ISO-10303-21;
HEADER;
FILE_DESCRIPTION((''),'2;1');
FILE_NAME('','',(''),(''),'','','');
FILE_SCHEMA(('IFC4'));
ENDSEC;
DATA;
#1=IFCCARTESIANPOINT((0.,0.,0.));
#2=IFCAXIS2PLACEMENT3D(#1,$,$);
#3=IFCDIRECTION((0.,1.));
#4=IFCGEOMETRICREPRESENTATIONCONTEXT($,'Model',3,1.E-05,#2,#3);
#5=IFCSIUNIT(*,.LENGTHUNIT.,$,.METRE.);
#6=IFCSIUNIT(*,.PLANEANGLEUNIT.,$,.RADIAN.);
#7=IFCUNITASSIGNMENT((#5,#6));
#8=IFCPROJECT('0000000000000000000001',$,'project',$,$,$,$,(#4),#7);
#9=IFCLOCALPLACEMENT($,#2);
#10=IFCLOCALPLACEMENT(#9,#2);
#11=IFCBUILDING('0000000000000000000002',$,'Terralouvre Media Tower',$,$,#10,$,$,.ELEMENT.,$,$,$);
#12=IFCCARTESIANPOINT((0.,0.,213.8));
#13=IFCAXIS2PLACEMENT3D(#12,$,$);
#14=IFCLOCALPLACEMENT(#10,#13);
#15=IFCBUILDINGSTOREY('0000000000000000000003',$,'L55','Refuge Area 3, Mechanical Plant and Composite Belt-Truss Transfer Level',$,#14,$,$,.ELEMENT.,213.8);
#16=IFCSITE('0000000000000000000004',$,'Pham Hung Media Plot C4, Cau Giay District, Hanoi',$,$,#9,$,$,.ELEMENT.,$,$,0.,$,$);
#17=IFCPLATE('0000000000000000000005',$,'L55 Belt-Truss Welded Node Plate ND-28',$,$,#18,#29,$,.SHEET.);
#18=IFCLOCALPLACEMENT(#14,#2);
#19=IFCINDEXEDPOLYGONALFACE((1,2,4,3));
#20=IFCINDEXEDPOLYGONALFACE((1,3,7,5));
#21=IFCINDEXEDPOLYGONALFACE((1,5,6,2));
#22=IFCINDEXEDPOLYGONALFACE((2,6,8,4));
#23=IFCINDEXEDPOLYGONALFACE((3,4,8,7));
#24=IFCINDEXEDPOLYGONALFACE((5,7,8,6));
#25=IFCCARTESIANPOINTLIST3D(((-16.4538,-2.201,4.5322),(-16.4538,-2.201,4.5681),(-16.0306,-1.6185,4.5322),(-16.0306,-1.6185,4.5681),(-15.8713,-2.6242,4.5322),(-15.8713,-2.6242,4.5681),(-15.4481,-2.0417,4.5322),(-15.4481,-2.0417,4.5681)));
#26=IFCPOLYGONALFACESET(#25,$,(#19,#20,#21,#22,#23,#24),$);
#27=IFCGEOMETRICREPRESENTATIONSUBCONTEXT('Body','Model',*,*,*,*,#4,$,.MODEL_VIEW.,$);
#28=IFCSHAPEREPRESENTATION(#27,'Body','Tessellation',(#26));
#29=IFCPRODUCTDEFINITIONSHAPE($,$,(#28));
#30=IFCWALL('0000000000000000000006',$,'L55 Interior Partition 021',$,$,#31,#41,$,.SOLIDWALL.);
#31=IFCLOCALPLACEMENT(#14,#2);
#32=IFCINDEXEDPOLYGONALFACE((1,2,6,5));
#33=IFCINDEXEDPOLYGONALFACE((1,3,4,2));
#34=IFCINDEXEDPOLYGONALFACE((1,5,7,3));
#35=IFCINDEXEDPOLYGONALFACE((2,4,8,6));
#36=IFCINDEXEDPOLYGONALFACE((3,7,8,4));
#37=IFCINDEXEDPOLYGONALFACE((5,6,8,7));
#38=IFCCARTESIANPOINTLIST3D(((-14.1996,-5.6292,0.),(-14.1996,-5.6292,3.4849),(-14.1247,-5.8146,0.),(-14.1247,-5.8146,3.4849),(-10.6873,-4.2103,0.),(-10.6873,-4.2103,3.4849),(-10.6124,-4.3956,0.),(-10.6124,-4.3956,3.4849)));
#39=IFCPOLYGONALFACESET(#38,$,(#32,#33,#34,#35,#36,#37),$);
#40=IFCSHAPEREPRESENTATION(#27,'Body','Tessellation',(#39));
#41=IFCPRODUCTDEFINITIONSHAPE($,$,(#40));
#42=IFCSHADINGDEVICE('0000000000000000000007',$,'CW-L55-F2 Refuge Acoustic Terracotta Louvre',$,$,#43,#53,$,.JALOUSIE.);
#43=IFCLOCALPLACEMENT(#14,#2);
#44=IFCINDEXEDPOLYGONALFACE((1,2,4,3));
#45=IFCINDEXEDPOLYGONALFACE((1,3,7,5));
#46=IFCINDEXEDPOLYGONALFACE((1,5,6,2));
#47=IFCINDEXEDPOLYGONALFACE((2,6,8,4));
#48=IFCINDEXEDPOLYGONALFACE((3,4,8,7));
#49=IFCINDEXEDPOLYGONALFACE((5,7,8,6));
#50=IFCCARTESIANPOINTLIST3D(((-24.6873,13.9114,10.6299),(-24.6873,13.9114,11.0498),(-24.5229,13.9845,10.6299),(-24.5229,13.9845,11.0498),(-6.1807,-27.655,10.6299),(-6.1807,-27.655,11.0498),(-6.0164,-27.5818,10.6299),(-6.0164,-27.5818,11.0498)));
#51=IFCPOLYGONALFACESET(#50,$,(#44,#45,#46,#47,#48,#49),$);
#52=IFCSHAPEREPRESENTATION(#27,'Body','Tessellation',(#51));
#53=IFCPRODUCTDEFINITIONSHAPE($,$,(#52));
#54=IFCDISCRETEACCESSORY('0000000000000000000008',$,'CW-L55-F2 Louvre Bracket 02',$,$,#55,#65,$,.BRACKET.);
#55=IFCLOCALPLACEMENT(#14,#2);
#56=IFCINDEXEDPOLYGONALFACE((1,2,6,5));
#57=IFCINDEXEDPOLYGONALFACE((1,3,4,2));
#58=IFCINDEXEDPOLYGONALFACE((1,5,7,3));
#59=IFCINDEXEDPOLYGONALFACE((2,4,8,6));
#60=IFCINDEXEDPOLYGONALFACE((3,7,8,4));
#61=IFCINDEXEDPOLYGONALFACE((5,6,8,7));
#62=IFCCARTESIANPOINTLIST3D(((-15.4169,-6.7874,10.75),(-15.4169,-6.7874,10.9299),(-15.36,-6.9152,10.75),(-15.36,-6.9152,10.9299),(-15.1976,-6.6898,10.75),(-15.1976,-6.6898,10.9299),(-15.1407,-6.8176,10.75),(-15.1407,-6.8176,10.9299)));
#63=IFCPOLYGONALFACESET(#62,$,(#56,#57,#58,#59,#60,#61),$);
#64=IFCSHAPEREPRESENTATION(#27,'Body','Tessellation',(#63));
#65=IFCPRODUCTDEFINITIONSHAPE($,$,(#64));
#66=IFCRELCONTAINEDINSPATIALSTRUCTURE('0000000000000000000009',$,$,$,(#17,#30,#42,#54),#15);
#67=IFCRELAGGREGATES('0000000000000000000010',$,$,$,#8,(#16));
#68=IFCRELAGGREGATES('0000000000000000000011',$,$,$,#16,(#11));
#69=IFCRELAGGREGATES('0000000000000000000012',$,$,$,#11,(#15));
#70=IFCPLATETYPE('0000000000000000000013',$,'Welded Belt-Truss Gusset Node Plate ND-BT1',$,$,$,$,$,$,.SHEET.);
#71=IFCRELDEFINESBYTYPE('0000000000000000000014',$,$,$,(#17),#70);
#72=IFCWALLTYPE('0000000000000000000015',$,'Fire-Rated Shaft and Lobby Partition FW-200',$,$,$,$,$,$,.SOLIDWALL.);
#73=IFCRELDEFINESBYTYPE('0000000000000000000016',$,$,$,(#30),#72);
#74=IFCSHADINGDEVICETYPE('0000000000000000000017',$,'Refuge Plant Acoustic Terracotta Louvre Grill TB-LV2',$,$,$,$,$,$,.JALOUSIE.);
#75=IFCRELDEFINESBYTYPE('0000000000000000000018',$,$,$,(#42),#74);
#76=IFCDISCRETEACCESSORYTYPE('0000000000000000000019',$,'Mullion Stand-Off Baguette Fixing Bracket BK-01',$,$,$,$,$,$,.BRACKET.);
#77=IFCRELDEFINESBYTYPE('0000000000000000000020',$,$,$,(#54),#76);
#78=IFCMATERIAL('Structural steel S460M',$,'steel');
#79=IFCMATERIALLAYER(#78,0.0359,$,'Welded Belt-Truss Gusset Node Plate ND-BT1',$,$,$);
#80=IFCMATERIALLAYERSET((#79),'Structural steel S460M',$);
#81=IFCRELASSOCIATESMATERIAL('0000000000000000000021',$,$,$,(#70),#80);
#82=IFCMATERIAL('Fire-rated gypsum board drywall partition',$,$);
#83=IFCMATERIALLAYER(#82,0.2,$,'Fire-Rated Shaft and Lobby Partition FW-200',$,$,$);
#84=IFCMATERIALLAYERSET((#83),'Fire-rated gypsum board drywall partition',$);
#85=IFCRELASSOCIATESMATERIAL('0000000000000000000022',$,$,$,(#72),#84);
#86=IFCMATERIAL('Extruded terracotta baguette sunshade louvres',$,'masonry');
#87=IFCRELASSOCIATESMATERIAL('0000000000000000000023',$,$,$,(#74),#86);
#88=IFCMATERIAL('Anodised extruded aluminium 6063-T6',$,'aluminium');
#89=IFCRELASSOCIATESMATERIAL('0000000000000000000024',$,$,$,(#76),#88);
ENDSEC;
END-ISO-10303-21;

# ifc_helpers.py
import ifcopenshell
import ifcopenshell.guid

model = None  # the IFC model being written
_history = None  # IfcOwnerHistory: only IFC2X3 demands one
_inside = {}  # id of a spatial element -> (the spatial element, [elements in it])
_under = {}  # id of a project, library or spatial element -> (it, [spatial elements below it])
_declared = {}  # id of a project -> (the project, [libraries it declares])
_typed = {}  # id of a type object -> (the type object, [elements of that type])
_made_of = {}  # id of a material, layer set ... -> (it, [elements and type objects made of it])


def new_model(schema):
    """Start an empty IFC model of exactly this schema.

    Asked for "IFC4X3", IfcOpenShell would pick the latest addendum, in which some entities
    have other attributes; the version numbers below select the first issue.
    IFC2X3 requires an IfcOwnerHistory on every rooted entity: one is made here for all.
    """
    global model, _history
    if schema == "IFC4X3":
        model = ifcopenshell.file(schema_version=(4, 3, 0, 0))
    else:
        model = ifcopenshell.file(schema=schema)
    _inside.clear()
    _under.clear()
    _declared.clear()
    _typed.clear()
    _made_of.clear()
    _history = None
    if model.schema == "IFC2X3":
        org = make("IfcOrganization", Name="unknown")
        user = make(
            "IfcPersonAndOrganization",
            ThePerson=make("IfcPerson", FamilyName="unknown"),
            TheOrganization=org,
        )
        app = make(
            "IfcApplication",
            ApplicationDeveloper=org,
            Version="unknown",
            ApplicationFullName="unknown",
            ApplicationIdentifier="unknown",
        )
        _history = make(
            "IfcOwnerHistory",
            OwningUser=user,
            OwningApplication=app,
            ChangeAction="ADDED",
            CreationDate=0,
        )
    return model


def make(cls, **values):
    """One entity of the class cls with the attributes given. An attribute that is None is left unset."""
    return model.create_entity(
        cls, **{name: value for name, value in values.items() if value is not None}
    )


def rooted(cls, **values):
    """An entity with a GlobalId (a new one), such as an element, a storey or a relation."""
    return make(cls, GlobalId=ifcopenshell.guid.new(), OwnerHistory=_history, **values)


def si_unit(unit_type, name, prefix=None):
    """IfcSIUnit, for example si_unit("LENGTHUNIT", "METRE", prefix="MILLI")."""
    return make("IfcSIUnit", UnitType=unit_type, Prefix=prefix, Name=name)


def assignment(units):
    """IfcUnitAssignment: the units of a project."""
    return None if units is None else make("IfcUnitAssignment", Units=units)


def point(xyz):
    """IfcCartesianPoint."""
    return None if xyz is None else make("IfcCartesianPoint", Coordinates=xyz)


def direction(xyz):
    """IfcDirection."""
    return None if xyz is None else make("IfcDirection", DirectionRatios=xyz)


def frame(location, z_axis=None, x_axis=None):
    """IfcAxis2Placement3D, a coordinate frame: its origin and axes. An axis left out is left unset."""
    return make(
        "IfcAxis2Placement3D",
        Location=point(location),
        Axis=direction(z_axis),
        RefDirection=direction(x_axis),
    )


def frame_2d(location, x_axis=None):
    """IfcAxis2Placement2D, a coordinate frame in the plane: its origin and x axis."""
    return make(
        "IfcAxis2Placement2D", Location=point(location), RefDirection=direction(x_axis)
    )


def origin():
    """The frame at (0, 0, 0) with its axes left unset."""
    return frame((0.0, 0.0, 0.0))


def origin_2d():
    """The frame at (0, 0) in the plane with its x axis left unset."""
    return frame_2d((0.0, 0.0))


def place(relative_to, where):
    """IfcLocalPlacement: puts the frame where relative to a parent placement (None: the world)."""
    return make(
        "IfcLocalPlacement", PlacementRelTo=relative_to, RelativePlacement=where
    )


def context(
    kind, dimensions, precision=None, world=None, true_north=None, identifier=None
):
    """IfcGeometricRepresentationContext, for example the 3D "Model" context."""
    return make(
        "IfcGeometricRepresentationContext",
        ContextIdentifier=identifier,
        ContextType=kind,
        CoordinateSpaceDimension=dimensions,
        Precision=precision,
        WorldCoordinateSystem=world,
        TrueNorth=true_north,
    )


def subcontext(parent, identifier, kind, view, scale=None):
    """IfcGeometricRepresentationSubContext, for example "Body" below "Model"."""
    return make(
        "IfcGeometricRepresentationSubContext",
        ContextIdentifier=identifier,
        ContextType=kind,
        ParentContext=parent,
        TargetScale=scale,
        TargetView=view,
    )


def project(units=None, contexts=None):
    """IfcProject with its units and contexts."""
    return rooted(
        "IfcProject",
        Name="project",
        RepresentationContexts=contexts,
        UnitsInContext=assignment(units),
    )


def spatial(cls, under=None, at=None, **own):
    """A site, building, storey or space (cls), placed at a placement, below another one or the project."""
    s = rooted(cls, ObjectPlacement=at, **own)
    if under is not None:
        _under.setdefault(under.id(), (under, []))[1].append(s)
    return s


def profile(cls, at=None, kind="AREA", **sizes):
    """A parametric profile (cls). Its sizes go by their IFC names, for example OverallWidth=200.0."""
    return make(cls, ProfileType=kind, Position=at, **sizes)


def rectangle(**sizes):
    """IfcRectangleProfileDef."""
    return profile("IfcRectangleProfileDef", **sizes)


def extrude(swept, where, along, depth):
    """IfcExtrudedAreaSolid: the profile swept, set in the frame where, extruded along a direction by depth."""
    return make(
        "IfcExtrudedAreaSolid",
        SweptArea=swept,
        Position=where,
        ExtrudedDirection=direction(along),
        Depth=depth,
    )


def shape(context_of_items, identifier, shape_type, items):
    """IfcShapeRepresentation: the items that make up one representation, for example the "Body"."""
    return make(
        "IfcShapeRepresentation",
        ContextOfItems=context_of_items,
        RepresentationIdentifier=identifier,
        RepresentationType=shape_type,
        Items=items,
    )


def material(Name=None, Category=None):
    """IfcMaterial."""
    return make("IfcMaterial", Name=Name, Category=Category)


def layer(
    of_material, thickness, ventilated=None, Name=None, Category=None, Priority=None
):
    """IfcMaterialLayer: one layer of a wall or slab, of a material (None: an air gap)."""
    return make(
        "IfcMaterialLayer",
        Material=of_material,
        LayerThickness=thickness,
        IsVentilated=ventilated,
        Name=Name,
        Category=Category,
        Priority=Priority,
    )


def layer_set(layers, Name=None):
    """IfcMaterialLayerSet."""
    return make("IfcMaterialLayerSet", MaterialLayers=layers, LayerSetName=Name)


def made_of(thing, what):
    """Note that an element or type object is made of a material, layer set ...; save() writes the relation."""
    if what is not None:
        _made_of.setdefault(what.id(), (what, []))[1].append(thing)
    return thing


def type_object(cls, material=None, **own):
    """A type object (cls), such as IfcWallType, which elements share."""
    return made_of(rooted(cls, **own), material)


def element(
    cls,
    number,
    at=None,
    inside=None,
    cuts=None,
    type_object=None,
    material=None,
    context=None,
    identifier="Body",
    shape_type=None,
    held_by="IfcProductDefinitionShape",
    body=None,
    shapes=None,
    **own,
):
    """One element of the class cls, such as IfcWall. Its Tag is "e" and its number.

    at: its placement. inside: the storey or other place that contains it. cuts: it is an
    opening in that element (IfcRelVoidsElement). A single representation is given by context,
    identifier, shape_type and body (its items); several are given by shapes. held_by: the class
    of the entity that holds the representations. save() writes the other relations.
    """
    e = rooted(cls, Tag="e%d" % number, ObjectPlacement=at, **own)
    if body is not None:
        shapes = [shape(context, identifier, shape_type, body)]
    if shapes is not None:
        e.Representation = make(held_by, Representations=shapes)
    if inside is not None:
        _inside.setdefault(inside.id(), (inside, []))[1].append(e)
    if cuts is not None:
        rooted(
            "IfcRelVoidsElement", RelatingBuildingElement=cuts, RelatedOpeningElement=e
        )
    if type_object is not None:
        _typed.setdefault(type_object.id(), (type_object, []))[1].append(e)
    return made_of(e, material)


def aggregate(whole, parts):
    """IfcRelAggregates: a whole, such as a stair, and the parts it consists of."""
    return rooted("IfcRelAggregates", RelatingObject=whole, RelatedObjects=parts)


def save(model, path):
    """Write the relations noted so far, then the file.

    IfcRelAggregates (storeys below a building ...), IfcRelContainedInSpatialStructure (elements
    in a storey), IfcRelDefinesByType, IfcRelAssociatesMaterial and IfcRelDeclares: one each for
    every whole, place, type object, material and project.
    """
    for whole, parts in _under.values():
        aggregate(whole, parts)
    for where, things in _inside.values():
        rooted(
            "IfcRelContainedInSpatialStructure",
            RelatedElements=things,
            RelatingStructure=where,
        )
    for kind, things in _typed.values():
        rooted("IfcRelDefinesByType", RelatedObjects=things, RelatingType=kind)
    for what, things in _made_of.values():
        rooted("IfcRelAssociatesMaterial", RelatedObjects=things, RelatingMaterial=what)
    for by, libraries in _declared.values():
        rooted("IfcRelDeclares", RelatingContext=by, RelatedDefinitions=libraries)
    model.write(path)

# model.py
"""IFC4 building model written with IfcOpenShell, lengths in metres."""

from ifc_helpers import new_model, si_unit, direction, frame, frame_2d, origin, origin_2d, place, context, subcontext, project, spatial, rectangle, extrude, material, layer, layer_set, type_object, element, save


model = new_model("IFC4")

# Units and contexts
model_context = context("Model", 3, precision=1e-05, world=origin(), true_north=direction((0.0, 1.0)))
body_context = subcontext(model_context, "Body", "Model", "MODEL_VIEW")
ifc_project = project(units=[si_unit("LENGTHUNIT", "METRE"), si_unit("PLANEANGLEUNIT", "RADIAN")], contexts=[model_context])

# Site, building, storey
site_placement = place(None, origin())
site = spatial("IfcSite", under=ifc_project, at=site_placement, Name="Pham Hung Media Plot C4, Cau Giay District, Hanoi", CompositionType="ELEMENT", RefElevation=0.0)
building_placement = place(site_placement, origin())
building = spatial("IfcBuilding", under=site, at=building_placement, Name="Terralouvre Media Tower", CompositionType="ELEMENT")
storey_placement = place(building_placement, frame((0.0, 0.0, 213.8)))
storey = spatial("IfcBuildingStorey", under=building, at=storey_placement, Name="L55", Description="Refuge Area 3, Mechanical Plant and Composite Belt-Truss Transfer Level", CompositionType="ELEMENT", Elevation=213.8)

# Plate
ifc_material_1 = material(Name="Structural steel S460M", Category="steel")
ifc_layer_1 = layer(ifc_material_1, 0.0359, Name="Welded Belt-Truss Gusset Node Plate ND-BT1")
ifc_layer_set_1 = layer_set([ifc_layer_1], Name="Structural steel S460M")
plate_type_1 = type_object("IfcPlateType", Name="Welded Belt-Truss Gusset Node Plate ND-BT1", PredefinedType="SHEET", material=ifc_layer_set_1)
for number, where, z_axis, x_axis, name in (
    (1, (-15.9509, -2.1213, 4.5322), (0.0, 0.0, 1.0), (0.587785, 0.809017, 0.0), "L55 Belt-Truss Welded Node Plate ND-28"),
):
    element("IfcPlate", number, at=place(storey_placement, frame(where, z_axis=z_axis, x_axis=x_axis)), inside=storey, type_object=plate_type_1, Name=name, PredefinedType="SHEET", context=body_context, shape_type="SweptSolid", body=[
        extrude(rectangle(XDim=0.72, YDim=0.72, at=origin_2d()), origin(), (0.0, 0.0, 1.0), 0.0359),
    ])

# Wall
ifc_material_2 = material(Name="Fire-rated gypsum board drywall partition")
ifc_layer_2 = layer(ifc_material_2, 0.2, Name="Fire-Rated Shaft and Lobby Partition FW-200")
ifc_layer_set_2 = layer_set([ifc_layer_2], Name="Fire-rated gypsum board drywall partition")
wall_type = type_object("IfcWallType", Name="Fire-Rated Shaft and Lobby Partition FW-200", PredefinedType="SOLIDWALL", material=ifc_layer_set_2)
wall_placement = place(storey_placement, frame((-14.1621, -5.7219, 0.0), z_axis=(0.0, 0.0, 1.0), x_axis=(0.927191, 0.374589, 0.0)))
element("IfcWall", 2, at=wall_placement, inside=storey, type_object=wall_type, Name="L55 Interior Partition 021", PredefinedType="SOLIDWALL", context=body_context, shape_type="SweptSolid", body=[
    extrude(rectangle(XDim=3.7881, YDim=0.2, at=frame_2d((1.894, 0.0))), origin(), (0.0, 0.0, 1.0), 3.4849),
])

# Shading device
ifc_material_3 = material(Name="Extruded terracotta baguette sunshade louvres", Category="masonry")
shading_device_type = type_object("IfcShadingDeviceType", Name="Refuge Plant Acoustic Terracotta Louvre Grill TB-LV2", PredefinedType="JALOUSIE", material=ifc_material_3)
shading_device_placement = place(storey_placement, frame((-15.3518, -6.8352, 10.6299), z_axis=(0.0, 0.0, 1.0), x_axis=(0.406737, -0.913545, 0.0)))
element("IfcShadingDevice", 3, at=shading_device_placement, inside=storey, type_object=shading_device_type, Name="CW-L55-F2 Refuge Acoustic Terracotta Louvre", PredefinedType="JALOUSIE", context=body_context, shape_type="SweptSolid", body=[
    extrude(rectangle(XDim=45.5, YDim=0.1799, at=origin_2d()), origin(), (0.0, 0.0, 1.0), 0.4199),
])

# Discrete accessory
ifc_material_4 = material(Name="Anodised extruded aluminium 6063-T6", Category="aluminium")
discrete_accessory_type = type_object("IfcDiscreteAccessoryType", Name="Mullion Stand-Off Baguette Fixing Bracket BK-01", PredefinedType="BRACKET", material=ifc_material_4)
discrete_accessory_placement = place(storey_placement, frame((-15.2788, -6.8025, 10.75), z_axis=(0.0, 0.0, 1.0), x_axis=(0.406737, -0.913545, 0.0)))
element("IfcDiscreteAccessory", 4, at=discrete_accessory_placement, inside=storey, type_object=discrete_accessory_type, Name="CW-L55-F2 Louvre Bracket 02", PredefinedType="BRACKET", context=body_context, shape_type="SweptSolid", body=[
    extrude(rectangle(XDim=0.1399, YDim=0.24, at=origin_2d()), origin(), (0.0, 0.0, 1.0), 0.1799),
])

save(model, "model.ifc")
